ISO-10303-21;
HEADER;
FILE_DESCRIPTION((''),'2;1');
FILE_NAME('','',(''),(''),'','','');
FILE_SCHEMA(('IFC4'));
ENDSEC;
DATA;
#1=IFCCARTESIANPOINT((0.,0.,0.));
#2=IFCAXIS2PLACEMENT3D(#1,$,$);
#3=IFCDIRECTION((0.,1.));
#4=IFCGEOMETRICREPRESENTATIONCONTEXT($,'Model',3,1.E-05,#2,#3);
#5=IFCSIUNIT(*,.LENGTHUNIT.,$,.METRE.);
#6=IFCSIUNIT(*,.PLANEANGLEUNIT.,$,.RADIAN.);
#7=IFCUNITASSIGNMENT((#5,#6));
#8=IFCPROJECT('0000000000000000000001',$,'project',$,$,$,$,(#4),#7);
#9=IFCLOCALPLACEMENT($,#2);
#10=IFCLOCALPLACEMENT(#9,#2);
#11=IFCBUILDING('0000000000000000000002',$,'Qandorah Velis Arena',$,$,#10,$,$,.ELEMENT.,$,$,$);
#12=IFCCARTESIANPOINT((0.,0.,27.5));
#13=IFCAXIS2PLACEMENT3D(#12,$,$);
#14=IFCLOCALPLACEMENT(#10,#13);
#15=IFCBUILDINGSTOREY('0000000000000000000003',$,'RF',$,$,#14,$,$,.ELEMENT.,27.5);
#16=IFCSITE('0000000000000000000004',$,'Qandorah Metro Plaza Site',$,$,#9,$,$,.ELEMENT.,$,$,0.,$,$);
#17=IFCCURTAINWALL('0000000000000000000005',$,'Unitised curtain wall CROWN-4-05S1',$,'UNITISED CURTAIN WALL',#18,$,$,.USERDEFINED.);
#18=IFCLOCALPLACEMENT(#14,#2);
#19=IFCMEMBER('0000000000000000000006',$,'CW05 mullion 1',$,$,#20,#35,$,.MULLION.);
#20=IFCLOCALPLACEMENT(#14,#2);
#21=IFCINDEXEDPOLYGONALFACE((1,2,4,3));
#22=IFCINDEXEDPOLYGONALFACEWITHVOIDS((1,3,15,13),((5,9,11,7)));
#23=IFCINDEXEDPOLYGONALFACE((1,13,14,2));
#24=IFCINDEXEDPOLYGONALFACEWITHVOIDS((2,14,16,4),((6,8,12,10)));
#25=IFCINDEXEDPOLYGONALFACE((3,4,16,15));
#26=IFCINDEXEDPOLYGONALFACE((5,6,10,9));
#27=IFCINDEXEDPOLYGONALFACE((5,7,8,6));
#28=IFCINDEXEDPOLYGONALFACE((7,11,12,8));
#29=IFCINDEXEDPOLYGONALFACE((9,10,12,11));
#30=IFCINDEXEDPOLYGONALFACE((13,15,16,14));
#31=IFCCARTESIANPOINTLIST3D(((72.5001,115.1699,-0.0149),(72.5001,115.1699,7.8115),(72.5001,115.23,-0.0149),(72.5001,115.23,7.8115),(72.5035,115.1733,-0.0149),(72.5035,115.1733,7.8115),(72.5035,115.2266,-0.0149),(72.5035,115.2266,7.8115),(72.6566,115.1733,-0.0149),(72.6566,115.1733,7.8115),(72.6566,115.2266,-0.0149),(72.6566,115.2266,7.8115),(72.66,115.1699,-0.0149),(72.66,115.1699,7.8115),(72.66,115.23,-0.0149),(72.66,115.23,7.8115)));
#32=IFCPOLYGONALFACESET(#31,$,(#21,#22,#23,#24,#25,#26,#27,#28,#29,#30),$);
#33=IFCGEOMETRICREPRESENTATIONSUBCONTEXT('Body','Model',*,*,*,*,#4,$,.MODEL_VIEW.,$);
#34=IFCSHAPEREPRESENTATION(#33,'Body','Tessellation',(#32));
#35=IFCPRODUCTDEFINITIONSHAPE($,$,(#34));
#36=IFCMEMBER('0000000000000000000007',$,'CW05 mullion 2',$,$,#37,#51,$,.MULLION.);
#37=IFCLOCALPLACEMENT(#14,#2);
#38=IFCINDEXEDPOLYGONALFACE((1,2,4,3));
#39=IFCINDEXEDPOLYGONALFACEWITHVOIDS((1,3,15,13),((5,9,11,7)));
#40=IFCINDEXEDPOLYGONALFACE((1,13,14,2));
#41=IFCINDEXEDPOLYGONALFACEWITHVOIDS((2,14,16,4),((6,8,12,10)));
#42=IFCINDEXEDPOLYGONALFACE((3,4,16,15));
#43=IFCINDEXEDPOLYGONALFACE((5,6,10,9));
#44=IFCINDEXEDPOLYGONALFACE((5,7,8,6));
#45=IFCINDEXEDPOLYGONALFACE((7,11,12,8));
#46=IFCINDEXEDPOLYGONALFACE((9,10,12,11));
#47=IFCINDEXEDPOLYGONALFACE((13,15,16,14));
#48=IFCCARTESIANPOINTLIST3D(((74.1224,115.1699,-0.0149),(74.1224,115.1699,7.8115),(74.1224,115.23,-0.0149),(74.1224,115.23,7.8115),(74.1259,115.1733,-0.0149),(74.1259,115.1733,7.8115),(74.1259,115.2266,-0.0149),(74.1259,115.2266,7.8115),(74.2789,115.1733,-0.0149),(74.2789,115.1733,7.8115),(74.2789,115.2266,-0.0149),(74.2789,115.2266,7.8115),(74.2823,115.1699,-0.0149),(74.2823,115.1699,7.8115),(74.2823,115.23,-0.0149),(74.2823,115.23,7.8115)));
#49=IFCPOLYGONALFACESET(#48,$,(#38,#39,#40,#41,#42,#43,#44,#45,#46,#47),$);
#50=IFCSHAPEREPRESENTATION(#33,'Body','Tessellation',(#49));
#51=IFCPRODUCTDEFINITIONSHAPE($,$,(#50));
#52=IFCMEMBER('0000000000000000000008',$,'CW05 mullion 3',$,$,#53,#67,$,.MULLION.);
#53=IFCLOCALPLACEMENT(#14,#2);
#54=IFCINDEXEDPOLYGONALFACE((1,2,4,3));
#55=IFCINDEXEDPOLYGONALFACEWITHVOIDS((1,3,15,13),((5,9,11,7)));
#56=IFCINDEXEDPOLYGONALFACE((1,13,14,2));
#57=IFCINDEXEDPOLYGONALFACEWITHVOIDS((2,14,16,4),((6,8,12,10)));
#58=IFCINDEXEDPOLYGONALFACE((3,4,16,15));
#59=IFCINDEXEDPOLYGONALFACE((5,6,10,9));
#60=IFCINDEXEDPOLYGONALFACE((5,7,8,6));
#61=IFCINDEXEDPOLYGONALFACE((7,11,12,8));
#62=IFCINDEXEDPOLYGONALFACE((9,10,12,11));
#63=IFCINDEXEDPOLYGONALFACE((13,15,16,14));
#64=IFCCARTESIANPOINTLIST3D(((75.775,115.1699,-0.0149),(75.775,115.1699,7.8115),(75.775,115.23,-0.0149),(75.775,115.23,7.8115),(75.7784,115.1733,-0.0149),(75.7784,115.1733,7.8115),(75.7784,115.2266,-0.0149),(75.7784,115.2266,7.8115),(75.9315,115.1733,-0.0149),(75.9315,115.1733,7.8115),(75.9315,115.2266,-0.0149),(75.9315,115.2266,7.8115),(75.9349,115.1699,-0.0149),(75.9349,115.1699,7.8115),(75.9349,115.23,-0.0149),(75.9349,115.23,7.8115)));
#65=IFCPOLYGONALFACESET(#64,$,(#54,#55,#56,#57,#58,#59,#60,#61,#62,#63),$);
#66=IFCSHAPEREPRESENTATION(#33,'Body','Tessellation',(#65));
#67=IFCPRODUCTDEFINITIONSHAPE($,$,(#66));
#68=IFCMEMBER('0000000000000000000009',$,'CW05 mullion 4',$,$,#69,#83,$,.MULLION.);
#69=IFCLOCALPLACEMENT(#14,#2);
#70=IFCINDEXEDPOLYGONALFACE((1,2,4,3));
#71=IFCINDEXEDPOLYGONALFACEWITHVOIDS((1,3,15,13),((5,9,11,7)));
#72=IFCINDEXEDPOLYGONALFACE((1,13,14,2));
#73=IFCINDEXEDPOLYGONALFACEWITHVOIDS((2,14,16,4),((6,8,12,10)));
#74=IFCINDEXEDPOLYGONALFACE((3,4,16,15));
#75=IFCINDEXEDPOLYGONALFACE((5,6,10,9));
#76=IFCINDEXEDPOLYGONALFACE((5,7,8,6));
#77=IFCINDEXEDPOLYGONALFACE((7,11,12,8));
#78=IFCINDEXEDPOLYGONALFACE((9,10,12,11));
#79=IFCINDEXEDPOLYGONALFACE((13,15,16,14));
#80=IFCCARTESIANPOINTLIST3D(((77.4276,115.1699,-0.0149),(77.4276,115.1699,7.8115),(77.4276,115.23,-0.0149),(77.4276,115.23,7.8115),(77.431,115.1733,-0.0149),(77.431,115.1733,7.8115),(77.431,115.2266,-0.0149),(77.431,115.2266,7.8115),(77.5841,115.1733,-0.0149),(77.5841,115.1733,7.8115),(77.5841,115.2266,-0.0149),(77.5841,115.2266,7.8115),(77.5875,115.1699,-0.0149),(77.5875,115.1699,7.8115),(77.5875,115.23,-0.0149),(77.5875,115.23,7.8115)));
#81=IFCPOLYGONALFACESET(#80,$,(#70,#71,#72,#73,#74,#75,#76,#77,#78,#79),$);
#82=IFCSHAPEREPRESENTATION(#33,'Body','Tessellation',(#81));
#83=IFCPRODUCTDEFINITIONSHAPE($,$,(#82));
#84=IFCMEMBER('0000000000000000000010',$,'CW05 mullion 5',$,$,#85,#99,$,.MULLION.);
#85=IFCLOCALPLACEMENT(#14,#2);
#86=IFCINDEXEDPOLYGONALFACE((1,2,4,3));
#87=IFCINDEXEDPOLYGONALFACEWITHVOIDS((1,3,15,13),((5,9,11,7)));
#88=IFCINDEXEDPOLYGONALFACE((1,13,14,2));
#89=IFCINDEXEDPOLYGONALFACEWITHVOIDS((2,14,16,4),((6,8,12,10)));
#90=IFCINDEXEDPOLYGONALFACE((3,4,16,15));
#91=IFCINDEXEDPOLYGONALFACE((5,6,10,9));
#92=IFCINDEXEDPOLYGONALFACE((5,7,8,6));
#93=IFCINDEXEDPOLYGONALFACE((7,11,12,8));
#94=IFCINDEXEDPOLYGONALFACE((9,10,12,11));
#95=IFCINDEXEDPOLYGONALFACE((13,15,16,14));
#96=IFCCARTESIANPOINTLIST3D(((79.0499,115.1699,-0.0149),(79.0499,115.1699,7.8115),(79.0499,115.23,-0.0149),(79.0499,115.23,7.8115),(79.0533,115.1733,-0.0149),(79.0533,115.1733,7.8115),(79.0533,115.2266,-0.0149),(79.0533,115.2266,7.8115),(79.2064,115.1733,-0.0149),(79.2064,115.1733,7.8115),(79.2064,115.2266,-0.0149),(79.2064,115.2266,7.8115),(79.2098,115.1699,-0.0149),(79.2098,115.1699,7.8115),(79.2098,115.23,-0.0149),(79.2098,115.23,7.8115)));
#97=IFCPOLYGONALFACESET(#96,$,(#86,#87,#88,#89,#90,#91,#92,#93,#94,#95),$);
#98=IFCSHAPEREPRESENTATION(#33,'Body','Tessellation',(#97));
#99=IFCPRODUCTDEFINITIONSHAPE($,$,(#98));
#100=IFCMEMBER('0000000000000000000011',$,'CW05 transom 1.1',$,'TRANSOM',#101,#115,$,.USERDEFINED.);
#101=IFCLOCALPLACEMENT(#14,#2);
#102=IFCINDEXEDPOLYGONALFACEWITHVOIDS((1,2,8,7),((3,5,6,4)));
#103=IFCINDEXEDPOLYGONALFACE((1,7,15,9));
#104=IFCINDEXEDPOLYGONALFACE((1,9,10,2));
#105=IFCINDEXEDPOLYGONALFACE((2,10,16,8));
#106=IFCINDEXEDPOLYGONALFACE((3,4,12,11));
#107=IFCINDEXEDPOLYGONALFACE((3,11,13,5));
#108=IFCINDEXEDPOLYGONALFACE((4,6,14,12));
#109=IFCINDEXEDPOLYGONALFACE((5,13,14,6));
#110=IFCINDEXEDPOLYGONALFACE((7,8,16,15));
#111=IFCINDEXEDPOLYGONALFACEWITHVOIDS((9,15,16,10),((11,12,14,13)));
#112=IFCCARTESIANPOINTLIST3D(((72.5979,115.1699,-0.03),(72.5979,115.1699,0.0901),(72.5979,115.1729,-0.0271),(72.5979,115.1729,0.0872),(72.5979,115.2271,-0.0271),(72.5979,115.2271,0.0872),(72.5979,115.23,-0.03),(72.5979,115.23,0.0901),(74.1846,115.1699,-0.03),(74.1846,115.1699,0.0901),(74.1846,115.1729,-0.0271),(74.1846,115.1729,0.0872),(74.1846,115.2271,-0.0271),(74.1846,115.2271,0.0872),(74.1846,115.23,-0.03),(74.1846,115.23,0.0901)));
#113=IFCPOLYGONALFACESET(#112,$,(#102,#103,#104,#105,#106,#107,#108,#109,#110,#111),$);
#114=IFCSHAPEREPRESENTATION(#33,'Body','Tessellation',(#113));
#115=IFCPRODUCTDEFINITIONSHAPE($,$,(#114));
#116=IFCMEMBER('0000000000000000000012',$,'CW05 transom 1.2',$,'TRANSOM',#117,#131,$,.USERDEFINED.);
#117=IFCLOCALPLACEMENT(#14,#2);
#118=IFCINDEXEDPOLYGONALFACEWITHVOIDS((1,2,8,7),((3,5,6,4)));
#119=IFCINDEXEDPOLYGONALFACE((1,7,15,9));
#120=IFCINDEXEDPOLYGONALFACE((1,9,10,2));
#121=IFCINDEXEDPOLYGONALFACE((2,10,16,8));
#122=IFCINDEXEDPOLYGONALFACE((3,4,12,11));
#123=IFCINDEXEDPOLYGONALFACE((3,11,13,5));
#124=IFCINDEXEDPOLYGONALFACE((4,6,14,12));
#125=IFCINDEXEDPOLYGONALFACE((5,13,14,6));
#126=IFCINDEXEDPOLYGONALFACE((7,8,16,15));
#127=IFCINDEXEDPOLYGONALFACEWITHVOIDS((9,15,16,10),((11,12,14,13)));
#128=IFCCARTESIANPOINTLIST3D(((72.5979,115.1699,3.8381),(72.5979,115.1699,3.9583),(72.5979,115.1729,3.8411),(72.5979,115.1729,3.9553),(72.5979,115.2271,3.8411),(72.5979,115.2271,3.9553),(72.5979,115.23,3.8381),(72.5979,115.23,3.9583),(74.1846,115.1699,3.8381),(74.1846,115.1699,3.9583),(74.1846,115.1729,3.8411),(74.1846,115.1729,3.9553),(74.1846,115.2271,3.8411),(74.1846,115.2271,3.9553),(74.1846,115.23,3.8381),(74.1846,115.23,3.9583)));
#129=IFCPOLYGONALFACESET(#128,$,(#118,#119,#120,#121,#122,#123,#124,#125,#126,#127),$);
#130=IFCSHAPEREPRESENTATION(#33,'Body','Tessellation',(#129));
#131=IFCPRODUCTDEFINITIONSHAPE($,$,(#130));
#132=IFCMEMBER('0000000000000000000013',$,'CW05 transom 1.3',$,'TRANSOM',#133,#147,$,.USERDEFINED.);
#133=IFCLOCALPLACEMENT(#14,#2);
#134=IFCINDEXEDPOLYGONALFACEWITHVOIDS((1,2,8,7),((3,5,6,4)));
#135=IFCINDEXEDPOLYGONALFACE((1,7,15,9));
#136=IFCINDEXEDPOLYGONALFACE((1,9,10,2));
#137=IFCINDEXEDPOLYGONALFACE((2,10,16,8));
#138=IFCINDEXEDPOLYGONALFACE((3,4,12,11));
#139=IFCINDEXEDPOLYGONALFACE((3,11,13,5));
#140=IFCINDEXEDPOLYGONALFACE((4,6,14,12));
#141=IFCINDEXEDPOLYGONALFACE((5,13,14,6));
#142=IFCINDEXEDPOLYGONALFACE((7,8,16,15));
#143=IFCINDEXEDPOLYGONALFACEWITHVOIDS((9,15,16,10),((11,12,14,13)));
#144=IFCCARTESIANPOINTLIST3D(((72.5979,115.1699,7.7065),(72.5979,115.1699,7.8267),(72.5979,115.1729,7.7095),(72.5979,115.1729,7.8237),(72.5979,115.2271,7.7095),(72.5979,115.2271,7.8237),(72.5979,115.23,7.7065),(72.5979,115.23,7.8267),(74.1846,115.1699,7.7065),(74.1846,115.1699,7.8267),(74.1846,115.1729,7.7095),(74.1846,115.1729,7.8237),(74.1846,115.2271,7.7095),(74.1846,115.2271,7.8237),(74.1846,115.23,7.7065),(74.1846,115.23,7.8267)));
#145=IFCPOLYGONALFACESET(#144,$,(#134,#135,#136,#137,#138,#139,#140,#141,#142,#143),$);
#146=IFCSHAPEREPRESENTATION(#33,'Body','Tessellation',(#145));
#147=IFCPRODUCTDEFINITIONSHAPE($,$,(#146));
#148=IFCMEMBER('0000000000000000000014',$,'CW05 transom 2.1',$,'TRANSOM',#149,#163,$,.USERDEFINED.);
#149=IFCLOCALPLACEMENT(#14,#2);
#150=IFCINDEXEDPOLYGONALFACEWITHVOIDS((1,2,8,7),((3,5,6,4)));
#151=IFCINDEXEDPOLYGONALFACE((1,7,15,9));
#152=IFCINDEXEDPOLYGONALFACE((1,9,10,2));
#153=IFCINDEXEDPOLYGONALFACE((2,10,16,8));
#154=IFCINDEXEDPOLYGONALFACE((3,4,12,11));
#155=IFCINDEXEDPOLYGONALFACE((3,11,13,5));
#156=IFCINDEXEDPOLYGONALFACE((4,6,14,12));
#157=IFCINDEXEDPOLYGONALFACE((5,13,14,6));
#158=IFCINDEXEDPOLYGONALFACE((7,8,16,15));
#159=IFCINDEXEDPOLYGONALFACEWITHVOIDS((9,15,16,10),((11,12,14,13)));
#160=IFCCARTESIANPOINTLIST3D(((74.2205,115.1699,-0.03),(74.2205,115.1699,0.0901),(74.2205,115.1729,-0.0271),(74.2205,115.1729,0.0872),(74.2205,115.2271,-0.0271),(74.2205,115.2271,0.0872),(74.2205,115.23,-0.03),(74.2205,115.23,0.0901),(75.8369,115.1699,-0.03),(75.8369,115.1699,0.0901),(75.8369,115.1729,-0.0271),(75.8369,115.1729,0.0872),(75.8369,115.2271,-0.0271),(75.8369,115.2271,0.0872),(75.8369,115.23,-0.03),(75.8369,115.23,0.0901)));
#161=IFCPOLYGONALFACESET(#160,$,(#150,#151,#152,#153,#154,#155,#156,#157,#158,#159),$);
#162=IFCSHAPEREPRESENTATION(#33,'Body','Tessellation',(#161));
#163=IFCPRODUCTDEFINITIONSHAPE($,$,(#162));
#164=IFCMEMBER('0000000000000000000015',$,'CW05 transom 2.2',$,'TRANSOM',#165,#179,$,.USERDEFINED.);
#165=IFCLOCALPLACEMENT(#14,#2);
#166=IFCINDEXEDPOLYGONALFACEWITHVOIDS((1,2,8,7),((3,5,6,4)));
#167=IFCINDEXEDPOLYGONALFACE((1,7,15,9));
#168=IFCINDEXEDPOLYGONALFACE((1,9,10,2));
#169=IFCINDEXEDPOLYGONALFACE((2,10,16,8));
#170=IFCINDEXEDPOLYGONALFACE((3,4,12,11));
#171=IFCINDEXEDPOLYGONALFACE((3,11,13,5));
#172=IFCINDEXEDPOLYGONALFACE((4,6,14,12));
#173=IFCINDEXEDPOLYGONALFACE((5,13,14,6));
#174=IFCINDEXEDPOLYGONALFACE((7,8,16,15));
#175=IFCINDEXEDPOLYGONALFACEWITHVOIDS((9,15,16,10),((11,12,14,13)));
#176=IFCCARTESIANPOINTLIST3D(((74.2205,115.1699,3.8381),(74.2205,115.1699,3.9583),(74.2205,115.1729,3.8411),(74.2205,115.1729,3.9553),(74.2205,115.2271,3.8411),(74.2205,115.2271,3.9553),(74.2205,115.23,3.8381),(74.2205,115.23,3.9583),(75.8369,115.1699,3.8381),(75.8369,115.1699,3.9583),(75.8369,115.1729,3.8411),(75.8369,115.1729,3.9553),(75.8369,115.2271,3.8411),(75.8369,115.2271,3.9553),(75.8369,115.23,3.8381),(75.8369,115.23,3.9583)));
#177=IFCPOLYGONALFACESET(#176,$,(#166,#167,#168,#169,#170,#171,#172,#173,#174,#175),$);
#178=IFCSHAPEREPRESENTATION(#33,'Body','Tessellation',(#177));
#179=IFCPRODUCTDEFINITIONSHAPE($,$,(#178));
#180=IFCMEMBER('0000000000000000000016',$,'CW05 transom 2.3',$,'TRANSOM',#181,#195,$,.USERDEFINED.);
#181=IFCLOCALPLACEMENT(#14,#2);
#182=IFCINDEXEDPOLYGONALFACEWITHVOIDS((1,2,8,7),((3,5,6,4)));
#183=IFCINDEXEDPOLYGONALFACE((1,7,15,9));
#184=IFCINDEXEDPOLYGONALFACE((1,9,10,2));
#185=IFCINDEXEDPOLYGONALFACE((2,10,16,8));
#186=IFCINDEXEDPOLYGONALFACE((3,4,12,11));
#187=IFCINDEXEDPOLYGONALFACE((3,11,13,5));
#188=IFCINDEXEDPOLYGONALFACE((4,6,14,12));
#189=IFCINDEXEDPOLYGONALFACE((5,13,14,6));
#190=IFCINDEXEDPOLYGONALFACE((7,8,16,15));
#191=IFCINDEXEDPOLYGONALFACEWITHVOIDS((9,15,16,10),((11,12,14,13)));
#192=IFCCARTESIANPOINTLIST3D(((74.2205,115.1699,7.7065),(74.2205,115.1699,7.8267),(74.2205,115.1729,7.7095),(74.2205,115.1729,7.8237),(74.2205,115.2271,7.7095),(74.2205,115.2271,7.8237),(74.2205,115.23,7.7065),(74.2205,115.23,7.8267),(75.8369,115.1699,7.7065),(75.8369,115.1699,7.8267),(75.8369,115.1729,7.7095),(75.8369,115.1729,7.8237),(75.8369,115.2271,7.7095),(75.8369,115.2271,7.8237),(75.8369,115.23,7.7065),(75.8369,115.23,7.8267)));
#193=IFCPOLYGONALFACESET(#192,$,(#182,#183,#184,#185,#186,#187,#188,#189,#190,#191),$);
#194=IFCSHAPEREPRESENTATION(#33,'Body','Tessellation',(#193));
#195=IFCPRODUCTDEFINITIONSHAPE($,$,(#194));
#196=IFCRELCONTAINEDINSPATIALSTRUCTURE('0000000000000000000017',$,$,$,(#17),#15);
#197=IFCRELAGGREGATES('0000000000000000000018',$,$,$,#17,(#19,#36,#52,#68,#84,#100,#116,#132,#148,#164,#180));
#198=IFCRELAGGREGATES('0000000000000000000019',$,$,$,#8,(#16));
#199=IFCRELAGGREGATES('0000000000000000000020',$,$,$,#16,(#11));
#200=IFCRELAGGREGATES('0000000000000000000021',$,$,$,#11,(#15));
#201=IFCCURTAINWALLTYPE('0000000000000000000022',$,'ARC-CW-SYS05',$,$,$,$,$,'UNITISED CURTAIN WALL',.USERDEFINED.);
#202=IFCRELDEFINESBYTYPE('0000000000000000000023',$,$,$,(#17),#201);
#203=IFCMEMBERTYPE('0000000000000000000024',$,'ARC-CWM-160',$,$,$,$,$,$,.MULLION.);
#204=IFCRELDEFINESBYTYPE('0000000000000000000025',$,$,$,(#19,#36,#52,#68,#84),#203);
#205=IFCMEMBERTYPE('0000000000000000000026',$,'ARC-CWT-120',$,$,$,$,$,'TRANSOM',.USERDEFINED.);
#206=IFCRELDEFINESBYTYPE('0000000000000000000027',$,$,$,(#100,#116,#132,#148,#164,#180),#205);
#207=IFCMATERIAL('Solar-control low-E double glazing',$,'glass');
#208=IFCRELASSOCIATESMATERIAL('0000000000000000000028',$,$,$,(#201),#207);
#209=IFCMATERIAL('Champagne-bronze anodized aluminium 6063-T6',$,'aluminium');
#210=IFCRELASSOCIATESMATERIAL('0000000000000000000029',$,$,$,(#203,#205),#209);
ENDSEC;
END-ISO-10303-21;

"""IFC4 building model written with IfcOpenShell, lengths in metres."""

from ifc_helpers import new_model, si_unit, direction, frame, origin, origin_2d, place, context, subcontext, project, spatial, hollow_rectangle, extrude, material, material_profile, profile_set, type_object, element, aggregate, save


model = new_model("IFC4")

# Units and contexts
model_context = context("Model", 3, precision=1e-05, world=origin(), true_north=direction((0.0, 1.0)))
body_context = subcontext(model_context, "Body", "Model", "MODEL_VIEW")
ifc_project = project(units=[si_unit("LENGTHUNIT", "METRE"), si_unit("PLANEANGLEUNIT", "RADIAN")], contexts=[model_context])

# Site, building, storey
site_placement = place(None, origin())
site = spatial("IfcSite", under=ifc_project, at=site_placement, Name="Qandorah Metro Plaza Site", CompositionType="ELEMENT", RefElevation=0.0)
building_placement = place(site_placement, origin())
building = spatial("IfcBuilding", under=site, at=building_placement, Name="Qandorah Velis Arena", CompositionType="ELEMENT")
storey_placement = place(building_placement, frame((0.0, 0.0, 27.5)))
storey = spatial("IfcBuildingStorey", under=building, at=storey_placement, Name="RF", CompositionType="ELEMENT", Elevation=27.5)

# Curtain wall, members
ifc_material_1 = material(Name="Solar-control low-E double glazing", Category="glass")
curtain_wall_type = type_object("IfcCurtainWallType", Name="ARC-CW-SYS05", ElementType="UNITISED CURTAIN WALL", PredefinedType="USERDEFINED", material=ifc_material_1)
curtain_wall_placement = place(storey_placement, origin())
curtain_wall = element("IfcCurtainWall", 1, at=curtain_wall_placement, inside=storey, type_object=curtain_wall_type, Name="Unitised curtain wall CROWN-4-05S1", ObjectType="UNITISED CURTAIN WALL", PredefinedType="USERDEFINED")
ifc_material_2 = material(Name="Champagne-bronze anodized aluminium 6063-T6", Category="aluminium")
ifc_material_profile_1 = material_profile(ifc_material_2, hollow_rectangle(XDim=0.0601, YDim=0.1599, WallThickness=0.0034, at=origin_2d()), Name="ALU MULLION 60x160")
ifc_profile_set_1 = profile_set([ifc_material_profile_1], Name="Champagne-bronze anodized aluminium 6063-T6")
member_type_1 = type_object("IfcMemberType", Name="ARC-CWM-160", PredefinedType="MULLION", material=ifc_profile_set_1)
member_1_placement = place(storey_placement, frame((72.5801, 115.2, -0.0149), z_axis=(0.0, 0.0, 1.0), x_axis=(0.0, 1.0, 0.0)))
member_1 = element("IfcMember", 2, at=member_1_placement, type_object=member_type_1, Name="CW05 mullion 1", PredefinedType="MULLION", context=body_context, shape_type="SweptSolid", body=[
    extrude(hollow_rectangle(XDim=0.0601, YDim=0.1599, WallThickness=0.0034, at=origin_2d()), origin(), (0.0, 0.0, 1.0), 7.8264),
])
member_2_placement = place(storey_placement, frame((74.2024, 115.2, -0.0149), z_axis=(0.0, 0.0, 1.0), x_axis=(0.0, 1.0, 0.0)))
member_2 = element("IfcMember", 3, at=member_2_placement, type_object=member_type_1, Name="CW05 mullion 2", PredefinedType="MULLION", context=body_context, shape_type="SweptSolid", body=[
    extrude(hollow_rectangle(XDim=0.0601, YDim=0.1599, WallThickness=0.0034, at=origin_2d()), origin(), (0.0, 0.0, 1.0), 7.8264),
])
member_3_placement = place(storey_placement, frame((75.855, 115.2, -0.0149), z_axis=(0.0, 0.0, 1.0), x_axis=(0.0, 1.0, 0.0)))
member_3 = element("IfcMember", 4, at=member_3_placement, type_object=member_type_1, Name="CW05 mullion 3", PredefinedType="MULLION", context=body_context, shape_type="SweptSolid", body=[
    extrude(hollow_rectangle(XDim=0.0601, YDim=0.1599, WallThickness=0.0034, at=origin_2d()), origin(), (0.0, 0.0, 1.0), 7.8264),
])
member_4_placement = place(storey_placement, frame((77.5076, 115.2, -0.0149), z_axis=(0.0, 0.0, 1.0), x_axis=(0.0, 1.0, 0.0)))
member_4 = element("IfcMember", 5, at=member_4_placement, type_object=member_type_1, Name="CW05 mullion 4", PredefinedType="MULLION", context=body_context, shape_type="SweptSolid", body=[
    extrude(hollow_rectangle(XDim=0.0601, YDim=0.1599, WallThickness=0.0034, at=origin_2d()), origin(), (0.0, 0.0, 1.0), 7.8264),
])
member_5_placement = place(storey_placement, frame((79.1299, 115.2, -0.0149), z_axis=(0.0, 0.0, 1.0), x_axis=(0.0, 1.0, 0.0)))
member_5 = element("IfcMember", 6, at=member_5_placement, type_object=member_type_1, Name="CW05 mullion 5", PredefinedType="MULLION", context=body_context, shape_type="SweptSolid", body=[
    extrude(hollow_rectangle(XDim=0.0601, YDim=0.1599, WallThickness=0.0034, at=origin_2d()), origin(), (0.0, 0.0, 1.0), 7.8264),
])
ifc_material_profile_2 = material_profile(ifc_material_2, hollow_rectangle(XDim=0.0601, YDim=0.1201, WallThickness=0.0029, at=origin_2d()), Name="ALU TRANSOM 60x120")
ifc_profile_set_2 = profile_set([ifc_material_profile_2], Name="Champagne-bronze anodized aluminium 6063-T6")
member_type_2 = type_object("IfcMemberType", Name="ARC-CWT-120", ElementType="TRANSOM", PredefinedType="USERDEFINED", material=ifc_profile_set_2)
member_6_placement = place(storey_placement, frame((72.5979, 115.2, 0.03), z_axis=(1.0, 0.0, 0.0), x_axis=(0.0, 1.0, 0.0)))
member_6 = element("IfcMember", 7, at=member_6_placement, type_object=member_type_2, Name="CW05 transom 1.1", ObjectType="TRANSOM", PredefinedType="USERDEFINED", context=body_context, shape_type="SweptSolid", body=[
    extrude(hollow_rectangle(XDim=0.0601, YDim=0.1201, WallThickness=0.0029, at=origin_2d()), origin(), (0.0, 0.0, 1.0), 1.5867),
])
member_7_placement = place(storey_placement, frame((72.5979, 115.2, 3.8982), z_axis=(1.0, 0.0, 0.0), x_axis=(0.0, 1.0, 0.0)))
member_7 = element("IfcMember", 8, at=member_7_placement, type_object=member_type_2, Name="CW05 transom 1.2", ObjectType="TRANSOM", PredefinedType="USERDEFINED", context=body_context, shape_type="SweptSolid", body=[
    extrude(hollow_rectangle(XDim=0.0601, YDim=0.1201, WallThickness=0.0029, at=origin_2d()), origin(), (0.0, 0.0, 1.0), 1.5867),
])
member_8_placement = place(storey_placement, frame((72.5979, 115.2, 7.7666), z_axis=(1.0, 0.0, 0.0), x_axis=(0.0, 1.0, 0.0)))
member_8 = element("IfcMember", 9, at=member_8_placement, type_object=member_type_2, Name="CW05 transom 1.3", ObjectType="TRANSOM", PredefinedType="USERDEFINED", context=body_context, shape_type="SweptSolid", body=[
    extrude(hollow_rectangle(XDim=0.0601, YDim=0.1201, WallThickness=0.0029, at=origin_2d()), origin(), (0.0, 0.0, 1.0), 1.5867),
])
member_9_placement = place(storey_placement, frame((74.2205, 115.2, 0.03), z_axis=(1.0, 0.0, 0.0), x_axis=(0.0, 1.0, 0.0)))
member_9 = element("IfcMember", 10, at=member_9_placement, type_object=member_type_2, Name="CW05 transom 2.1", ObjectType="TRANSOM", PredefinedType="USERDEFINED", context=body_context, shape_type="SweptSolid", body=[
    extrude(hollow_rectangle(XDim=0.0601, YDim=0.1201, WallThickness=0.0029, at=origin_2d()), origin(), (0.0, 0.0, 1.0), 1.6165),
])
member_10_placement = place(storey_placement, frame((74.2205, 115.2, 3.8982), z_axis=(1.0, 0.0, 0.0), x_axis=(0.0, 1.0, 0.0)))
member_10 = element("IfcMember", 11, at=member_10_placement, type_object=member_type_2, Name="CW05 transom 2.2", ObjectType="TRANSOM", PredefinedType="USERDEFINED", context=body_context, shape_type="SweptSolid", body=[
    extrude(hollow_rectangle(XDim=0.0601, YDim=0.1201, WallThickness=0.0029, at=origin_2d()), origin(), (0.0, 0.0, 1.0), 1.6165),
])
member_11_placement = place(storey_placement, frame((74.2205, 115.2, 7.7666), z_axis=(1.0, 0.0, 0.0), x_axis=(0.0, 1.0, 0.0)))
member_11 = element("IfcMember", 12, at=member_11_placement, type_object=member_type_2, Name="CW05 transom 2.3", ObjectType="TRANSOM", PredefinedType="USERDEFINED", context=body_context, shape_type="SweptSolid", body=[
    extrude(hollow_rectangle(XDim=0.0601, YDim=0.1201, WallThickness=0.0029, at=origin_2d()), origin(), (0.0, 0.0, 1.0), 1.6165),
])

aggregate(curtain_wall, [member_1, member_2, member_3, member_4, member_5, member_6, member_7, member_8, member_9, member_10, member_11])

save(model, "model.ifc")
